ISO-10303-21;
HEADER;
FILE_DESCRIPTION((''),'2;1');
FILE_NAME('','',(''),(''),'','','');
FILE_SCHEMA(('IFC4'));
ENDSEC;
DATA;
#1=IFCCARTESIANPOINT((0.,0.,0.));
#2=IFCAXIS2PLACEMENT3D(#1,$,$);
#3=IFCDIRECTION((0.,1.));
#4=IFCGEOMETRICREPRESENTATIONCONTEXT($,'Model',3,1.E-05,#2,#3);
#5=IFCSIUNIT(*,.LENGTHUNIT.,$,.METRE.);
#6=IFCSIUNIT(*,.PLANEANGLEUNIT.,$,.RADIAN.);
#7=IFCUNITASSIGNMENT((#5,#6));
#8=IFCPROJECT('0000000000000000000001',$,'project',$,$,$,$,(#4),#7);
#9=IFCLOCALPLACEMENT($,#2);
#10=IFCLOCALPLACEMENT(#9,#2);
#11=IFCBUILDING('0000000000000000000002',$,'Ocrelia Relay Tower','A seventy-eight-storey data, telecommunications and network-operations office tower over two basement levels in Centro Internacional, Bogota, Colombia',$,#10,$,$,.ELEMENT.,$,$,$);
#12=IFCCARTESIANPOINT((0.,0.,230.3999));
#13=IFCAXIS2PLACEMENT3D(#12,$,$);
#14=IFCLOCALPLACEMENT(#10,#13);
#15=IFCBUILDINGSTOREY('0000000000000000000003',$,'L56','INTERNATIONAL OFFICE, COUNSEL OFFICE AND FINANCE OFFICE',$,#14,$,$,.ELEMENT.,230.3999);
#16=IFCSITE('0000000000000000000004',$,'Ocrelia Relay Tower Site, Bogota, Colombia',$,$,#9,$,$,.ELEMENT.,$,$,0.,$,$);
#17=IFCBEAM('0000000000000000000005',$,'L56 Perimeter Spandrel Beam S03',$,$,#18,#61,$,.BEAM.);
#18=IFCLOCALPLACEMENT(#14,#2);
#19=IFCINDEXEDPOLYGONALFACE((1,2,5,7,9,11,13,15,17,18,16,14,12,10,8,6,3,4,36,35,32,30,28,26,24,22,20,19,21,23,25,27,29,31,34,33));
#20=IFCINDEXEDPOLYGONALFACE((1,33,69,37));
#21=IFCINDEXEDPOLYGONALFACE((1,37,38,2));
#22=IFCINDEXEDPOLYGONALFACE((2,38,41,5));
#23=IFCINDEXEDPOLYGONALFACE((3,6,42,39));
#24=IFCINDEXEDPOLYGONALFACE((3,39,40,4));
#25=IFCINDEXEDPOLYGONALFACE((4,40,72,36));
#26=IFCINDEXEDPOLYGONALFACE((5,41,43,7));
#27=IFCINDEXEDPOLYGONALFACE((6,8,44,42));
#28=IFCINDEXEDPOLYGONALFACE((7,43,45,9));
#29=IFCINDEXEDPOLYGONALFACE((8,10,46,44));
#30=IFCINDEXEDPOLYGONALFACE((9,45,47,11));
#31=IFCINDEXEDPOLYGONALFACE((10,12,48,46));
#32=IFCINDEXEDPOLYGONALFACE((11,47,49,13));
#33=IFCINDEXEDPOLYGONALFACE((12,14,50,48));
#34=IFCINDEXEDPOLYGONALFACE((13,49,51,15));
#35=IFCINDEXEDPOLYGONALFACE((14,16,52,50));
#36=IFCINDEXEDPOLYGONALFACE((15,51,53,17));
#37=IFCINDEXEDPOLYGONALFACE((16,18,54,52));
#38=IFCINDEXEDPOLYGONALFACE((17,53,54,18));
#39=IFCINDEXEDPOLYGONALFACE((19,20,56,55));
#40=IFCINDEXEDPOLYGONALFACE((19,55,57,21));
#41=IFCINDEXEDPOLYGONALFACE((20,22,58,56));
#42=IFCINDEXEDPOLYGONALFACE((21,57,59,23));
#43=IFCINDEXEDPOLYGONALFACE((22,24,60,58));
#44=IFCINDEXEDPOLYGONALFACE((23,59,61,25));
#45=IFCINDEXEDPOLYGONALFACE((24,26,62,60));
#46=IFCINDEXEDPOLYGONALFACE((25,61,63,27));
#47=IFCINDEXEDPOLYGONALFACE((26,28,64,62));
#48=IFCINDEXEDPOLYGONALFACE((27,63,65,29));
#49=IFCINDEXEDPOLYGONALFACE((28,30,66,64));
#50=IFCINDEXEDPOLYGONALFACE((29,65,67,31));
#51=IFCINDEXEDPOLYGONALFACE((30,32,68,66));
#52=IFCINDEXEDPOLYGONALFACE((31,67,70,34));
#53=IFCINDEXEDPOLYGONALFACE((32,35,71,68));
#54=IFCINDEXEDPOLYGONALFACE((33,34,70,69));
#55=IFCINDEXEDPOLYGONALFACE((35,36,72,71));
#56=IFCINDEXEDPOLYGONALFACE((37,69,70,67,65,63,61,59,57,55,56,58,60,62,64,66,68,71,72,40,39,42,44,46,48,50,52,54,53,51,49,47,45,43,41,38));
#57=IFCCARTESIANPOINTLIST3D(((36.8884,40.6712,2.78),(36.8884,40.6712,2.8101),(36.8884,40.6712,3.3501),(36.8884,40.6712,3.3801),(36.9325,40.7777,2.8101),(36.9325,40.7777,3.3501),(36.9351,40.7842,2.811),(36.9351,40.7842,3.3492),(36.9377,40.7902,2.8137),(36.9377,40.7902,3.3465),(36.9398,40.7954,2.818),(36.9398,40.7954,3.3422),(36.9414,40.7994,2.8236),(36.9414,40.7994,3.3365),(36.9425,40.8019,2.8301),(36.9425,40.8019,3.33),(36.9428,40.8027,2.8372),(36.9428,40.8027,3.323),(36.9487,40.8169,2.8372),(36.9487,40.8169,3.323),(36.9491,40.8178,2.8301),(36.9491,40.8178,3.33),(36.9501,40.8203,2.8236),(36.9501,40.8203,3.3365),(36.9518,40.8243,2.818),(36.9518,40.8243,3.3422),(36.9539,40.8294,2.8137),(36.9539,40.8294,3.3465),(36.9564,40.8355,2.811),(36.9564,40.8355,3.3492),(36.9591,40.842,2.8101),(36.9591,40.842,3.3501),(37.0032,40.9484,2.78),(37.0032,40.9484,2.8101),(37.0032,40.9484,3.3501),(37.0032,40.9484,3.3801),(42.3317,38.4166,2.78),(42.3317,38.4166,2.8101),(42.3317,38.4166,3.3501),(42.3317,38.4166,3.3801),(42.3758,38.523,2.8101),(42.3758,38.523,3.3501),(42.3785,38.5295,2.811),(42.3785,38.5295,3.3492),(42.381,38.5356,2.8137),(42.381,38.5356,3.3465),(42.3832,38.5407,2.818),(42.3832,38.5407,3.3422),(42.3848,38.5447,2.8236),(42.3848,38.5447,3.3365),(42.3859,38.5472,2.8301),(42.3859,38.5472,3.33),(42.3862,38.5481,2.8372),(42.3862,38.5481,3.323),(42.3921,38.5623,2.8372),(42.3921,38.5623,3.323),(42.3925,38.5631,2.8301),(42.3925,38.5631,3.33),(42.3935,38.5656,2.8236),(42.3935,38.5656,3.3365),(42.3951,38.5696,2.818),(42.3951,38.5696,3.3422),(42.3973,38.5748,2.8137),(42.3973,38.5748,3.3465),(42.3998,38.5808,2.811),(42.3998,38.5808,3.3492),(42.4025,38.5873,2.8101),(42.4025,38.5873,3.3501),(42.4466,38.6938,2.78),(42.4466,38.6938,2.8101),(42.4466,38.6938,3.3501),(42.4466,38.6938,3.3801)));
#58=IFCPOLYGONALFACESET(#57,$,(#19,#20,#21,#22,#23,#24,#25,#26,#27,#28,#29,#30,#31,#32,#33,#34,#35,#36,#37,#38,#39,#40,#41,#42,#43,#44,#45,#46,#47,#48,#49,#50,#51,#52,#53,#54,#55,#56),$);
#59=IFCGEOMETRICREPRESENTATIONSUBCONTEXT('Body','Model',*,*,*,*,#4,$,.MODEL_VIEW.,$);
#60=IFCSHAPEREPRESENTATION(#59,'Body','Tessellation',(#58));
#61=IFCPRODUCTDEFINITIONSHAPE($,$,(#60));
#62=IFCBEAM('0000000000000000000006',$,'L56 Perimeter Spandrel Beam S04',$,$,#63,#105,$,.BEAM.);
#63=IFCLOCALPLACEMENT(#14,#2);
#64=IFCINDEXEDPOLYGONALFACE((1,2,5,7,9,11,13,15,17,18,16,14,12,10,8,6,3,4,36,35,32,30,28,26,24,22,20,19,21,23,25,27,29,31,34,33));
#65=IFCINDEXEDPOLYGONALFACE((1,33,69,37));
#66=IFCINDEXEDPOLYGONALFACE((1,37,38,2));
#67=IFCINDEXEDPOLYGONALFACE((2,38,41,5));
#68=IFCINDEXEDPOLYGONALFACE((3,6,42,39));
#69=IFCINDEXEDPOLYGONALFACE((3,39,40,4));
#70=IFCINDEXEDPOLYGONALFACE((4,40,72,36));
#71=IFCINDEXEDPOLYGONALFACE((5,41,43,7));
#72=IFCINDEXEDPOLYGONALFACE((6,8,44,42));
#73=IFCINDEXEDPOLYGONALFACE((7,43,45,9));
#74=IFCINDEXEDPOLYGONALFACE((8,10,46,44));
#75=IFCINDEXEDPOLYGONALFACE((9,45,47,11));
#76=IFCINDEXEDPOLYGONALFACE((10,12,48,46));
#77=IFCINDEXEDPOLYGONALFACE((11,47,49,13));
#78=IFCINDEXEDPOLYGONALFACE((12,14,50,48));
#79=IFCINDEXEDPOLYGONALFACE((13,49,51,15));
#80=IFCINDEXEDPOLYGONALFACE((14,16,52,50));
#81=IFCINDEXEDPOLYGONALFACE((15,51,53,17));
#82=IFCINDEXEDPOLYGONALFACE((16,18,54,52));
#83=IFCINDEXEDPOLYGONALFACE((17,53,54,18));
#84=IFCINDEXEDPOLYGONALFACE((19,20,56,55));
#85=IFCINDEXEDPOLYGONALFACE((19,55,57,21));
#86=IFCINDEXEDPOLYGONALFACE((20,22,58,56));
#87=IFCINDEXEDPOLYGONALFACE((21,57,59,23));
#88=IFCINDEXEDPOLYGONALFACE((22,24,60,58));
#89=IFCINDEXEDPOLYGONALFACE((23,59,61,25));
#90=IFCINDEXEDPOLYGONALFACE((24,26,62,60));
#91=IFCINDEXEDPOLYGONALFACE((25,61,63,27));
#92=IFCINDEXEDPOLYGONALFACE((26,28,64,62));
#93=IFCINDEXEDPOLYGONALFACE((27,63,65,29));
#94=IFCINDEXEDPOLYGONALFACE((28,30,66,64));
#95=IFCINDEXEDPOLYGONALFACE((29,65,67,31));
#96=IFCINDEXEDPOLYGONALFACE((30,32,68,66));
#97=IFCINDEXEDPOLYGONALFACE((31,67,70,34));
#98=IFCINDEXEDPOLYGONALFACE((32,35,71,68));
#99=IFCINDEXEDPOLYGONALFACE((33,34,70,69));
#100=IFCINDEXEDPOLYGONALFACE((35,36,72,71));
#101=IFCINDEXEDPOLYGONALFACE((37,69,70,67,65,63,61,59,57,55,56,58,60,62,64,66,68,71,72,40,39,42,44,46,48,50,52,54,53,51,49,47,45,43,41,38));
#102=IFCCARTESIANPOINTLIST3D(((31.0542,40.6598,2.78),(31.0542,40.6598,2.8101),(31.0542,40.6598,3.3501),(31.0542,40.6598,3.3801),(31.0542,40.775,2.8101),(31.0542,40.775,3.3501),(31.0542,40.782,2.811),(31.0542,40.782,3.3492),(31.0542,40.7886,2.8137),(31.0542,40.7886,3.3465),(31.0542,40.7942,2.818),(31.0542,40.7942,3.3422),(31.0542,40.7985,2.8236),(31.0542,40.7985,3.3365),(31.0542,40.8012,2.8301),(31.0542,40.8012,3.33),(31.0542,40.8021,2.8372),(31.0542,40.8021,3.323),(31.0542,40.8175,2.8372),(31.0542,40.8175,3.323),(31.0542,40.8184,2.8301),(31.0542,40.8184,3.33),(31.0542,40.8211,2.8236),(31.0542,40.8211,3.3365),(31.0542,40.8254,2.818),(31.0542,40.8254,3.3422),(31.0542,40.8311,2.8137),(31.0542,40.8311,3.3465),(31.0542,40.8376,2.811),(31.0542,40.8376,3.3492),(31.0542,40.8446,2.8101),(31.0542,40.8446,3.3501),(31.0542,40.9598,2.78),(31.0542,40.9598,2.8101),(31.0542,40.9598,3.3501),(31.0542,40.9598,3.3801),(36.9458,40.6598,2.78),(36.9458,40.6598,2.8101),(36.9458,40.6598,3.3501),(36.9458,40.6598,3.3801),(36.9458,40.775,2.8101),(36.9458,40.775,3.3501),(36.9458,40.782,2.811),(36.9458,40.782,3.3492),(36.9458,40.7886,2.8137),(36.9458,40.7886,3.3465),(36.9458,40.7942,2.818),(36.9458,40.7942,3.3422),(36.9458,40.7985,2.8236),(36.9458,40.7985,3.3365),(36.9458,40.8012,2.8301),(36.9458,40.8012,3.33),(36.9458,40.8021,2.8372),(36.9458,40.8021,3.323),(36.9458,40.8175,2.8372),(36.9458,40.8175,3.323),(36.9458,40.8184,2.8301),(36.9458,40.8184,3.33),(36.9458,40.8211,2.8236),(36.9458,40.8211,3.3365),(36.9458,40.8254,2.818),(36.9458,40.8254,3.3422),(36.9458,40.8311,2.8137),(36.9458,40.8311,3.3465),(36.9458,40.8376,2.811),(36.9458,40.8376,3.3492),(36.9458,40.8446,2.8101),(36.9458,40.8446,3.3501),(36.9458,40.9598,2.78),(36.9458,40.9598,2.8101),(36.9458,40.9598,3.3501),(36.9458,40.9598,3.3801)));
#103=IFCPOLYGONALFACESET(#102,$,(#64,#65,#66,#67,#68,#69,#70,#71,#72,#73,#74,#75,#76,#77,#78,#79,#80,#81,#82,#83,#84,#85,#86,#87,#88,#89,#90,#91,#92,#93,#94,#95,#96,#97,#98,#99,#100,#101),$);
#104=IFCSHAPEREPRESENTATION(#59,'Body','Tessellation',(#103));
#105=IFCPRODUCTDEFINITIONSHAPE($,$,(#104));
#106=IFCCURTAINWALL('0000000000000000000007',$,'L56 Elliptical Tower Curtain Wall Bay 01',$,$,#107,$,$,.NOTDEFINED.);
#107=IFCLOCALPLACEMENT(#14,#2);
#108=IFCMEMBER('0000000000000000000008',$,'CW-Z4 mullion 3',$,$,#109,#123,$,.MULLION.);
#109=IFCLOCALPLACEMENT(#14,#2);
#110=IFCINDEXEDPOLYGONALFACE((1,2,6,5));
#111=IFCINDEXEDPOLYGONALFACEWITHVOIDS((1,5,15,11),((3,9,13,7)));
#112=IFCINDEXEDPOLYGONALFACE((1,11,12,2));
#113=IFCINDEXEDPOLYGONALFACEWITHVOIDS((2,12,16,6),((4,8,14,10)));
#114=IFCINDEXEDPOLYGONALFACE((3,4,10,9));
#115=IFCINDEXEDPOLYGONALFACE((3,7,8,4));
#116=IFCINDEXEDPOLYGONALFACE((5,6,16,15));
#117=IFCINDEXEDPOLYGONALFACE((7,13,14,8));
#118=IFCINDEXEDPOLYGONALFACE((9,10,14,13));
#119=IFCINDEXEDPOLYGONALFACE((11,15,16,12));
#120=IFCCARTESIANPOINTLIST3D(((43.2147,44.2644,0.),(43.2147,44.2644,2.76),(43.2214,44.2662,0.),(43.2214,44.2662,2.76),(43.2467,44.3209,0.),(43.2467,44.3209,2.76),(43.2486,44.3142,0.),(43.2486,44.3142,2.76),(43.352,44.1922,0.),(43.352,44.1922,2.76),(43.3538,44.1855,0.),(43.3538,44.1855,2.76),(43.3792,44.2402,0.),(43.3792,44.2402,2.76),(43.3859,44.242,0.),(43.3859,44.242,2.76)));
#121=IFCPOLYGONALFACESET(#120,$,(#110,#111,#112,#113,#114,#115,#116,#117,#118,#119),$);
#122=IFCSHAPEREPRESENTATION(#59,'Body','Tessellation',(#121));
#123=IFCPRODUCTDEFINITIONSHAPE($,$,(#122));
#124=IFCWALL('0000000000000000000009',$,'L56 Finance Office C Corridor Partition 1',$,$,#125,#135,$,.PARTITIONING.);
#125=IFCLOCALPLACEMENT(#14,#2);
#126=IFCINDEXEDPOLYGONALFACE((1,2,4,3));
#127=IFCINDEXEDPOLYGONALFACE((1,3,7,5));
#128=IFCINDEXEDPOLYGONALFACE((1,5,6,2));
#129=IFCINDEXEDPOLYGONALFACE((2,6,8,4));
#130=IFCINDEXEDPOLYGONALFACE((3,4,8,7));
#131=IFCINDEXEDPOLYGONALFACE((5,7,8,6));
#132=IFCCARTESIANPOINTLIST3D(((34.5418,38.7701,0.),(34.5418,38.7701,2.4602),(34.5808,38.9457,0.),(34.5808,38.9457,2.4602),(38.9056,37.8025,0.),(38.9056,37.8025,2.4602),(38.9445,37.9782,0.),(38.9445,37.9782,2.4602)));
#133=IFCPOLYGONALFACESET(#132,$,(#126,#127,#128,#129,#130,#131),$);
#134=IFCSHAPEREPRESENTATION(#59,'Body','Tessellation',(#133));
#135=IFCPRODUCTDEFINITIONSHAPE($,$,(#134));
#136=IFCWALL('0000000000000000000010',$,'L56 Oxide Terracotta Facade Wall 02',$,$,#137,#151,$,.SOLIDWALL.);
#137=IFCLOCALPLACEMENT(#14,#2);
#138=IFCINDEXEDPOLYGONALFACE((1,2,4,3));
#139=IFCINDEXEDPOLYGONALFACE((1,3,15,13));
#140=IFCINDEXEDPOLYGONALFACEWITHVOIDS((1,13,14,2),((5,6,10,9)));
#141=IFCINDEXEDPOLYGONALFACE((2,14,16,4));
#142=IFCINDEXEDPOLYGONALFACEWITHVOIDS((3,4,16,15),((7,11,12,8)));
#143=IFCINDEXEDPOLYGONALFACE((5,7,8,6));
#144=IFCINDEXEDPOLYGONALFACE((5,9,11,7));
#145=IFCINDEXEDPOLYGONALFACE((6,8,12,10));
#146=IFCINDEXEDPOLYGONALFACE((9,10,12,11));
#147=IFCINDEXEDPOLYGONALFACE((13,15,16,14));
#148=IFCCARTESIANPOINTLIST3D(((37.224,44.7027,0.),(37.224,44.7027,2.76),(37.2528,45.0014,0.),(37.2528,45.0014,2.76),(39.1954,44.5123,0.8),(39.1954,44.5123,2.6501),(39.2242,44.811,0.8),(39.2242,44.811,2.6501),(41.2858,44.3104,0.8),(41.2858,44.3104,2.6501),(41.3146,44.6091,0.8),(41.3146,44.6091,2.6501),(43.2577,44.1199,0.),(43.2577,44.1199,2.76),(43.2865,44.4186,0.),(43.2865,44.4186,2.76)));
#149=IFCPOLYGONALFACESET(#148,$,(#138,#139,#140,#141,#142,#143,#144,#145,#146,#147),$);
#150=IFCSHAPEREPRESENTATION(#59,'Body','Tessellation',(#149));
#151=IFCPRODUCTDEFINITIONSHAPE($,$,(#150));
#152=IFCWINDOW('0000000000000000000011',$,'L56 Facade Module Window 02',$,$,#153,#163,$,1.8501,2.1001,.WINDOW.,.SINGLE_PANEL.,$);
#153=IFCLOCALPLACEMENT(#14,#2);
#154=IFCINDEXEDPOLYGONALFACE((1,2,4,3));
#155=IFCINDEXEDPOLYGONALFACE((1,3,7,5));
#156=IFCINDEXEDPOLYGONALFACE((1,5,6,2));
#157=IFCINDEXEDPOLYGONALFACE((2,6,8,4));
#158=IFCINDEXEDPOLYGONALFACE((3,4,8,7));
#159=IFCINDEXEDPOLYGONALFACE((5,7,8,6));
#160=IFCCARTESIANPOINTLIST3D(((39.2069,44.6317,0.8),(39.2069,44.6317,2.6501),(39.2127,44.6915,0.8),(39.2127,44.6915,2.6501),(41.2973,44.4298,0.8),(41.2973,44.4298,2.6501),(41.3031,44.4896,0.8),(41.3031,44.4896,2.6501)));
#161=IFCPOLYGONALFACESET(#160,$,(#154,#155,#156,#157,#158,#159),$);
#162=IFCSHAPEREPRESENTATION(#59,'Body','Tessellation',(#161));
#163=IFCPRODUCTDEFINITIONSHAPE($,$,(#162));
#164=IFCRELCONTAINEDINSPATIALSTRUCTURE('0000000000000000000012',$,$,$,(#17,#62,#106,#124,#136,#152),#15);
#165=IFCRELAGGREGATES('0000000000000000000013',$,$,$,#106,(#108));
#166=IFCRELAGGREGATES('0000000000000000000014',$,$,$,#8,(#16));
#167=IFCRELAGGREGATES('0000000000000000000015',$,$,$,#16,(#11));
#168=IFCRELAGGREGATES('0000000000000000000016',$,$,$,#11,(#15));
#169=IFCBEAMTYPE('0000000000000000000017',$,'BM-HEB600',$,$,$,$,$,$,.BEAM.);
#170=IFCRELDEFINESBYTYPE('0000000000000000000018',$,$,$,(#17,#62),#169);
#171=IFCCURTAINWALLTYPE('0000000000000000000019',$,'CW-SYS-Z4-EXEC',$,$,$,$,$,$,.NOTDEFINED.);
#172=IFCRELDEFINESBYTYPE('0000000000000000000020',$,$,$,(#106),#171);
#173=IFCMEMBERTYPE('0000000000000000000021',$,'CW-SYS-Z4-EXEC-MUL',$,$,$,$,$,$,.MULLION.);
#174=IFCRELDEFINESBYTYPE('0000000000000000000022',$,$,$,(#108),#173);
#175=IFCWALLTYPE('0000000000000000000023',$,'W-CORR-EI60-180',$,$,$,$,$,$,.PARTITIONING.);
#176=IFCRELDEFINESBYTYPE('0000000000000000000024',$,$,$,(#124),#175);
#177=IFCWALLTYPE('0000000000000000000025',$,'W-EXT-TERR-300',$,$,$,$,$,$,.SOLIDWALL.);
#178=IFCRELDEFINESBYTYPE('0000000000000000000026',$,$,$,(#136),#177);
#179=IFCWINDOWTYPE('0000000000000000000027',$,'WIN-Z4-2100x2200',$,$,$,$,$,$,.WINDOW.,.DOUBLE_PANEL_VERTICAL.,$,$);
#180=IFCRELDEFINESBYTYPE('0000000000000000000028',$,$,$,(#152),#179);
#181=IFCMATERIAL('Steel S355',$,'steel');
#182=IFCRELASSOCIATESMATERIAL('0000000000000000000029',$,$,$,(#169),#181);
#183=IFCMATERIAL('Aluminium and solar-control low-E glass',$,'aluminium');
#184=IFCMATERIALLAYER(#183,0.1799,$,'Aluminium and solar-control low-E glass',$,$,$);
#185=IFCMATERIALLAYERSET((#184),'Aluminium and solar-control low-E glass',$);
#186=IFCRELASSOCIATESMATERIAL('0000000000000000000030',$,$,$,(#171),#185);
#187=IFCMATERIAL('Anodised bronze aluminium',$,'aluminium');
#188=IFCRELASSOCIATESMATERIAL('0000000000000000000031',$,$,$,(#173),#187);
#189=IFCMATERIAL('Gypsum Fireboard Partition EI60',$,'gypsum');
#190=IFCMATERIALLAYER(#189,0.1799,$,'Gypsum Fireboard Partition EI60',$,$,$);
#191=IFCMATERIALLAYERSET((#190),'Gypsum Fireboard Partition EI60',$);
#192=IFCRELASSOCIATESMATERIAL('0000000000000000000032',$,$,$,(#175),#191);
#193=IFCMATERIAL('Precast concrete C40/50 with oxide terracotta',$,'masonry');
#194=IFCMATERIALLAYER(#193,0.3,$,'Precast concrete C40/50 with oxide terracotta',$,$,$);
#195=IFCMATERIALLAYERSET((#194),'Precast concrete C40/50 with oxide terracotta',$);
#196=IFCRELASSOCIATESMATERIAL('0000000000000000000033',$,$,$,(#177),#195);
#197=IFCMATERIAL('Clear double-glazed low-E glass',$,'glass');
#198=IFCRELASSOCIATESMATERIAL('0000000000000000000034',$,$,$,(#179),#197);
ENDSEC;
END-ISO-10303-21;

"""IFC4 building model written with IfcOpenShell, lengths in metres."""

from ifc_helpers import new_model, si_unit, direction, frame, frame_2d, origin, origin_2d, place, context, subcontext, project, spatial, rectangle, hollow_rectangle, i_section, extrude, material, layer, layer_set, material_profile, profile_set, type_object, element, fill, aggregate, save


model = new_model("IFC4")

# Units and contexts
model_context = context("Model", 3, precision=1e-05, world=origin(), true_north=direction((0.0, 1.0)))
body_context = subcontext(model_context, "Body", "Model", "MODEL_VIEW")
ifc_project = project(units=[si_unit("LENGTHUNIT", "METRE"), si_unit("PLANEANGLEUNIT", "RADIAN")], contexts=[model_context])

# Site, building, storey
site_placement = place(None, origin())
site = spatial("IfcSite", under=ifc_project, at=site_placement, Name="Ocrelia Relay Tower Site, Bogota, Colombia", CompositionType="ELEMENT", RefElevation=0.0)
building_placement = place(site_placement, origin())
building = spatial("IfcBuilding", under=site, at=building_placement, Name="Ocrelia Relay Tower", Description="A seventy-eight-storey data, telecommunications and network-operations office tower over two basement levels in Centro Internacional, Bogota, Colombia", CompositionType="ELEMENT")
storey_placement = place(building_placement, frame((0.0, 0.0, 230.3999)))
storey = spatial("IfcBuildingStorey", under=building, at=storey_placement, Name="L56", Description="INTERNATIONAL OFFICE, COUNSEL OFFICE AND FINANCE OFFICE", CompositionType="ELEMENT", Elevation=230.3999)

# Beams
ifc_material_1 = material(Name="Steel S355", Category="steel")
ifc_material_profile_1 = material_profile(ifc_material_1, i_section(OverallWidth=0.3, OverallDepth=0.6001, WebThickness=0.0154, FlangeThickness=0.03, FilletRadius=0.0271, at=origin_2d()), Name="HEB 600")
ifc_profile_set_1 = profile_set([ifc_material_profile_1], Name="Steel S355")
beam_type_1 = type_object("IfcBeamType", Name="BM-HEB600", PredefinedType="BEAM", material=ifc_profile_set_1)
beam_1_placement = place(storey_placement, frame((42.3892, 38.5552, 3.0801), z_axis=(-0.923884, 0.382673, 0.0), x_axis=(-0.382673, -0.923884, 0.0)))
element("IfcBeam", 1, at=beam_1_placement, inside=storey, type_object=beam_type_1, Name="L56 Perimeter Spandrel Beam S03", PredefinedType="BEAM", context=body_context, shape_type="SweptSolid", body=[
    extrude(i_section(OverallWidth=0.3, OverallDepth=0.6001, WebThickness=0.0154, FlangeThickness=0.03, FilletRadius=0.0271, at=origin_2d()), origin(), (0.0, 0.0, 1.0), 5.8918),
])
beam_2_placement = place(storey_placement, frame((36.9458, 40.8098, 3.0801), z_axis=(-1.0, 0.0, 0.0), x_axis=(0.0, -1.0, 0.0)))
element("IfcBeam", 2, at=beam_2_placement, inside=storey, type_object=beam_type_1, Name="L56 Perimeter Spandrel Beam S04", PredefinedType="BEAM", context=body_context, shape_type="SweptSolid", body=[
    extrude(i_section(OverallWidth=0.3, OverallDepth=0.6001, WebThickness=0.0154, FlangeThickness=0.03, FilletRadius=0.0271, at=origin_2d()), origin(), (0.0, 0.0, 1.0), 5.8916),
])

# Curtain wall, member
ifc_material_2 = material(Name="Aluminium and solar-control low-E glass", Category="aluminium")
ifc_layer_1 = layer(ifc_material_2, 0.1799, Name="Aluminium and solar-control low-E glass")
ifc_layer_set_1 = layer_set([ifc_layer_1], Name="Aluminium and solar-control low-E glass")
curtain_wall_type = type_object("IfcCurtainWallType", Name="CW-SYS-Z4-EXEC", PredefinedType="NOTDEFINED", material=ifc_layer_set_1)
curtain_wall_placement = place(storey_placement, origin())
curtain_wall = element("IfcCurtainWall", 3, at=curtain_wall_placement, inside=storey, type_object=curtain_wall_type, Name="L56 Elliptical Tower Curtain Wall Bay 01", PredefinedType="NOTDEFINED")
ifc_material_3 = material(Name="Anodised bronze aluminium", Category="aluminium")
ifc_material_profile_2 = material_profile(ifc_material_3, hollow_rectangle(XDim=0.0649, YDim=0.1599, WallThickness=0.0049, at=origin_2d()), Name="CW-MUL-160x65")
ifc_profile_set_2 = profile_set([ifc_material_profile_2], Name="Anodised bronze aluminium")
member_type = type_object("IfcMemberType", Name="CW-SYS-Z4-EXEC-MUL", PredefinedType="MULLION", material=ifc_profile_set_2)
member_placement = place(storey_placement, frame((43.3003, 44.2532, 0.0), z_axis=(0.0, 0.0, 1.0), x_axis=(-0.493147, -0.869946, 0.0)))
member = element("IfcMember", 4, at=member_placement, type_object=member_type, Name="CW-Z4 mullion 3", PredefinedType="MULLION", context=body_context, shape_type="SweptSolid", body=[
    extrude(hollow_rectangle(XDim=0.0649, YDim=0.1599, WallThickness=0.0049, at=origin_2d()), origin(), (0.0, 0.0, 1.0), 2.76),
])
aggregate(curtain_wall, [member])

# Wall
ifc_material_4 = material(Name="Gypsum Fireboard Partition EI60", Category="gypsum")
ifc_layer_2 = layer(ifc_material_4, 0.1799, Name="Gypsum Fireboard Partition EI60")
ifc_layer_set_2 = layer_set([ifc_layer_2], Name="Gypsum Fireboard Partition EI60")
wall_type_1 = type_object("IfcWallType", Name="W-CORR-EI60-180", PredefinedType="PARTITIONING", material=ifc_layer_set_2)
wall_1_placement = place(storey_placement, frame((38.925, 37.8904, 0.0), z_axis=(0.0, 0.0, 1.0), x_axis=(-0.976291, 0.216462, 0.0)))
element("IfcWall", 5, at=wall_1_placement, inside=storey, type_object=wall_type_1, Name="L56 Finance Office C Corridor Partition 1", PredefinedType="PARTITIONING", context=body_context, shape_type="SweptSolid", body=[
    extrude(rectangle(XDim=4.4697, YDim=0.1799, at=frame_2d((2.2349, 0.0))), origin(), (0.0, 0.0, 1.0), 2.4602),
])

# Wall, opening, window
ifc_material_5 = material(Name="Precast concrete C40/50 with oxide terracotta", Category="masonry")
ifc_layer_3 = layer(ifc_material_5, 0.3, Name="Precast concrete C40/50 with oxide terracotta")
ifc_layer_set_3 = layer_set([ifc_layer_3], Name="Precast concrete C40/50 with oxide terracotta")
wall_type_2 = type_object("IfcWallType", Name="W-EXT-TERR-300", PredefinedType="SOLIDWALL", material=ifc_layer_set_3)
wall_2_placement = place(storey_placement, frame((43.272, 44.2693, 0.0), z_axis=(0.0, 0.0, 1.0), x_axis=(-0.995368, 0.096138, 0.0)))
wall_2 = element("IfcWall", 6, at=wall_2_placement, inside=storey, type_object=wall_type_2, Name="L56 Oxide Terracotta Facade Wall 02", PredefinedType="SOLIDWALL", context=body_context, shape_type="SweptSolid", body=[
    extrude(rectangle(XDim=6.0618, YDim=0.3, at=frame_2d((3.0308, 0.0))), origin(), (0.0, 0.0, 1.0), 2.76),
])
opening_1_placement = place(wall_2_placement, frame((1.981, 0.0, 0.8)))
opening_1 = element("IfcOpeningElement", 7, at=opening_1_placement, cuts=wall_2, PredefinedType="OPENING", context=body_context, shape_type="SweptSolid", body=[
    extrude(rectangle(XDim=2.1001, YDim=1.8501, at=frame_2d((1.05, 0.925))), frame((0.0, 0.1602, 0.0), z_axis=(0.0, -1.0, 0.0), x_axis=(1.0, 0.0, 0.0)), (0.0, 0.0, 1.0), 0.3201),
])
ifc_material_6 = material(Name="Clear double-glazed low-E glass", Category="glass")
window_type = type_object("IfcWindowType", Name="WIN-Z4-2100x2200", PartitioningType="DOUBLE_PANEL_VERTICAL", PredefinedType="WINDOW", material=ifc_material_6)
window_1_placement = place(opening_1_placement, origin())
window_1 = element("IfcWindow", 8, at=window_1_placement, inside=storey, type_object=window_type, Name="L56 Facade Module Window 02", OverallHeight=1.8501, OverallWidth=2.1001, PartitioningType="SINGLE_PANEL", PredefinedType="WINDOW", context=body_context, shape_type="SweptSolid", body=[
    extrude(rectangle(XDim=2.1001, YDim=1.8501, at=frame_2d((1.05, 0.925))), frame((0.0, 0.03, 0.0), z_axis=(0.0, -1.0, 0.0), x_axis=(1.0, 0.0, 0.0)), (0.0, 0.0, 1.0), 0.0601),
])
fill(opening_1, window_1)

save(model, "model.ifc")
